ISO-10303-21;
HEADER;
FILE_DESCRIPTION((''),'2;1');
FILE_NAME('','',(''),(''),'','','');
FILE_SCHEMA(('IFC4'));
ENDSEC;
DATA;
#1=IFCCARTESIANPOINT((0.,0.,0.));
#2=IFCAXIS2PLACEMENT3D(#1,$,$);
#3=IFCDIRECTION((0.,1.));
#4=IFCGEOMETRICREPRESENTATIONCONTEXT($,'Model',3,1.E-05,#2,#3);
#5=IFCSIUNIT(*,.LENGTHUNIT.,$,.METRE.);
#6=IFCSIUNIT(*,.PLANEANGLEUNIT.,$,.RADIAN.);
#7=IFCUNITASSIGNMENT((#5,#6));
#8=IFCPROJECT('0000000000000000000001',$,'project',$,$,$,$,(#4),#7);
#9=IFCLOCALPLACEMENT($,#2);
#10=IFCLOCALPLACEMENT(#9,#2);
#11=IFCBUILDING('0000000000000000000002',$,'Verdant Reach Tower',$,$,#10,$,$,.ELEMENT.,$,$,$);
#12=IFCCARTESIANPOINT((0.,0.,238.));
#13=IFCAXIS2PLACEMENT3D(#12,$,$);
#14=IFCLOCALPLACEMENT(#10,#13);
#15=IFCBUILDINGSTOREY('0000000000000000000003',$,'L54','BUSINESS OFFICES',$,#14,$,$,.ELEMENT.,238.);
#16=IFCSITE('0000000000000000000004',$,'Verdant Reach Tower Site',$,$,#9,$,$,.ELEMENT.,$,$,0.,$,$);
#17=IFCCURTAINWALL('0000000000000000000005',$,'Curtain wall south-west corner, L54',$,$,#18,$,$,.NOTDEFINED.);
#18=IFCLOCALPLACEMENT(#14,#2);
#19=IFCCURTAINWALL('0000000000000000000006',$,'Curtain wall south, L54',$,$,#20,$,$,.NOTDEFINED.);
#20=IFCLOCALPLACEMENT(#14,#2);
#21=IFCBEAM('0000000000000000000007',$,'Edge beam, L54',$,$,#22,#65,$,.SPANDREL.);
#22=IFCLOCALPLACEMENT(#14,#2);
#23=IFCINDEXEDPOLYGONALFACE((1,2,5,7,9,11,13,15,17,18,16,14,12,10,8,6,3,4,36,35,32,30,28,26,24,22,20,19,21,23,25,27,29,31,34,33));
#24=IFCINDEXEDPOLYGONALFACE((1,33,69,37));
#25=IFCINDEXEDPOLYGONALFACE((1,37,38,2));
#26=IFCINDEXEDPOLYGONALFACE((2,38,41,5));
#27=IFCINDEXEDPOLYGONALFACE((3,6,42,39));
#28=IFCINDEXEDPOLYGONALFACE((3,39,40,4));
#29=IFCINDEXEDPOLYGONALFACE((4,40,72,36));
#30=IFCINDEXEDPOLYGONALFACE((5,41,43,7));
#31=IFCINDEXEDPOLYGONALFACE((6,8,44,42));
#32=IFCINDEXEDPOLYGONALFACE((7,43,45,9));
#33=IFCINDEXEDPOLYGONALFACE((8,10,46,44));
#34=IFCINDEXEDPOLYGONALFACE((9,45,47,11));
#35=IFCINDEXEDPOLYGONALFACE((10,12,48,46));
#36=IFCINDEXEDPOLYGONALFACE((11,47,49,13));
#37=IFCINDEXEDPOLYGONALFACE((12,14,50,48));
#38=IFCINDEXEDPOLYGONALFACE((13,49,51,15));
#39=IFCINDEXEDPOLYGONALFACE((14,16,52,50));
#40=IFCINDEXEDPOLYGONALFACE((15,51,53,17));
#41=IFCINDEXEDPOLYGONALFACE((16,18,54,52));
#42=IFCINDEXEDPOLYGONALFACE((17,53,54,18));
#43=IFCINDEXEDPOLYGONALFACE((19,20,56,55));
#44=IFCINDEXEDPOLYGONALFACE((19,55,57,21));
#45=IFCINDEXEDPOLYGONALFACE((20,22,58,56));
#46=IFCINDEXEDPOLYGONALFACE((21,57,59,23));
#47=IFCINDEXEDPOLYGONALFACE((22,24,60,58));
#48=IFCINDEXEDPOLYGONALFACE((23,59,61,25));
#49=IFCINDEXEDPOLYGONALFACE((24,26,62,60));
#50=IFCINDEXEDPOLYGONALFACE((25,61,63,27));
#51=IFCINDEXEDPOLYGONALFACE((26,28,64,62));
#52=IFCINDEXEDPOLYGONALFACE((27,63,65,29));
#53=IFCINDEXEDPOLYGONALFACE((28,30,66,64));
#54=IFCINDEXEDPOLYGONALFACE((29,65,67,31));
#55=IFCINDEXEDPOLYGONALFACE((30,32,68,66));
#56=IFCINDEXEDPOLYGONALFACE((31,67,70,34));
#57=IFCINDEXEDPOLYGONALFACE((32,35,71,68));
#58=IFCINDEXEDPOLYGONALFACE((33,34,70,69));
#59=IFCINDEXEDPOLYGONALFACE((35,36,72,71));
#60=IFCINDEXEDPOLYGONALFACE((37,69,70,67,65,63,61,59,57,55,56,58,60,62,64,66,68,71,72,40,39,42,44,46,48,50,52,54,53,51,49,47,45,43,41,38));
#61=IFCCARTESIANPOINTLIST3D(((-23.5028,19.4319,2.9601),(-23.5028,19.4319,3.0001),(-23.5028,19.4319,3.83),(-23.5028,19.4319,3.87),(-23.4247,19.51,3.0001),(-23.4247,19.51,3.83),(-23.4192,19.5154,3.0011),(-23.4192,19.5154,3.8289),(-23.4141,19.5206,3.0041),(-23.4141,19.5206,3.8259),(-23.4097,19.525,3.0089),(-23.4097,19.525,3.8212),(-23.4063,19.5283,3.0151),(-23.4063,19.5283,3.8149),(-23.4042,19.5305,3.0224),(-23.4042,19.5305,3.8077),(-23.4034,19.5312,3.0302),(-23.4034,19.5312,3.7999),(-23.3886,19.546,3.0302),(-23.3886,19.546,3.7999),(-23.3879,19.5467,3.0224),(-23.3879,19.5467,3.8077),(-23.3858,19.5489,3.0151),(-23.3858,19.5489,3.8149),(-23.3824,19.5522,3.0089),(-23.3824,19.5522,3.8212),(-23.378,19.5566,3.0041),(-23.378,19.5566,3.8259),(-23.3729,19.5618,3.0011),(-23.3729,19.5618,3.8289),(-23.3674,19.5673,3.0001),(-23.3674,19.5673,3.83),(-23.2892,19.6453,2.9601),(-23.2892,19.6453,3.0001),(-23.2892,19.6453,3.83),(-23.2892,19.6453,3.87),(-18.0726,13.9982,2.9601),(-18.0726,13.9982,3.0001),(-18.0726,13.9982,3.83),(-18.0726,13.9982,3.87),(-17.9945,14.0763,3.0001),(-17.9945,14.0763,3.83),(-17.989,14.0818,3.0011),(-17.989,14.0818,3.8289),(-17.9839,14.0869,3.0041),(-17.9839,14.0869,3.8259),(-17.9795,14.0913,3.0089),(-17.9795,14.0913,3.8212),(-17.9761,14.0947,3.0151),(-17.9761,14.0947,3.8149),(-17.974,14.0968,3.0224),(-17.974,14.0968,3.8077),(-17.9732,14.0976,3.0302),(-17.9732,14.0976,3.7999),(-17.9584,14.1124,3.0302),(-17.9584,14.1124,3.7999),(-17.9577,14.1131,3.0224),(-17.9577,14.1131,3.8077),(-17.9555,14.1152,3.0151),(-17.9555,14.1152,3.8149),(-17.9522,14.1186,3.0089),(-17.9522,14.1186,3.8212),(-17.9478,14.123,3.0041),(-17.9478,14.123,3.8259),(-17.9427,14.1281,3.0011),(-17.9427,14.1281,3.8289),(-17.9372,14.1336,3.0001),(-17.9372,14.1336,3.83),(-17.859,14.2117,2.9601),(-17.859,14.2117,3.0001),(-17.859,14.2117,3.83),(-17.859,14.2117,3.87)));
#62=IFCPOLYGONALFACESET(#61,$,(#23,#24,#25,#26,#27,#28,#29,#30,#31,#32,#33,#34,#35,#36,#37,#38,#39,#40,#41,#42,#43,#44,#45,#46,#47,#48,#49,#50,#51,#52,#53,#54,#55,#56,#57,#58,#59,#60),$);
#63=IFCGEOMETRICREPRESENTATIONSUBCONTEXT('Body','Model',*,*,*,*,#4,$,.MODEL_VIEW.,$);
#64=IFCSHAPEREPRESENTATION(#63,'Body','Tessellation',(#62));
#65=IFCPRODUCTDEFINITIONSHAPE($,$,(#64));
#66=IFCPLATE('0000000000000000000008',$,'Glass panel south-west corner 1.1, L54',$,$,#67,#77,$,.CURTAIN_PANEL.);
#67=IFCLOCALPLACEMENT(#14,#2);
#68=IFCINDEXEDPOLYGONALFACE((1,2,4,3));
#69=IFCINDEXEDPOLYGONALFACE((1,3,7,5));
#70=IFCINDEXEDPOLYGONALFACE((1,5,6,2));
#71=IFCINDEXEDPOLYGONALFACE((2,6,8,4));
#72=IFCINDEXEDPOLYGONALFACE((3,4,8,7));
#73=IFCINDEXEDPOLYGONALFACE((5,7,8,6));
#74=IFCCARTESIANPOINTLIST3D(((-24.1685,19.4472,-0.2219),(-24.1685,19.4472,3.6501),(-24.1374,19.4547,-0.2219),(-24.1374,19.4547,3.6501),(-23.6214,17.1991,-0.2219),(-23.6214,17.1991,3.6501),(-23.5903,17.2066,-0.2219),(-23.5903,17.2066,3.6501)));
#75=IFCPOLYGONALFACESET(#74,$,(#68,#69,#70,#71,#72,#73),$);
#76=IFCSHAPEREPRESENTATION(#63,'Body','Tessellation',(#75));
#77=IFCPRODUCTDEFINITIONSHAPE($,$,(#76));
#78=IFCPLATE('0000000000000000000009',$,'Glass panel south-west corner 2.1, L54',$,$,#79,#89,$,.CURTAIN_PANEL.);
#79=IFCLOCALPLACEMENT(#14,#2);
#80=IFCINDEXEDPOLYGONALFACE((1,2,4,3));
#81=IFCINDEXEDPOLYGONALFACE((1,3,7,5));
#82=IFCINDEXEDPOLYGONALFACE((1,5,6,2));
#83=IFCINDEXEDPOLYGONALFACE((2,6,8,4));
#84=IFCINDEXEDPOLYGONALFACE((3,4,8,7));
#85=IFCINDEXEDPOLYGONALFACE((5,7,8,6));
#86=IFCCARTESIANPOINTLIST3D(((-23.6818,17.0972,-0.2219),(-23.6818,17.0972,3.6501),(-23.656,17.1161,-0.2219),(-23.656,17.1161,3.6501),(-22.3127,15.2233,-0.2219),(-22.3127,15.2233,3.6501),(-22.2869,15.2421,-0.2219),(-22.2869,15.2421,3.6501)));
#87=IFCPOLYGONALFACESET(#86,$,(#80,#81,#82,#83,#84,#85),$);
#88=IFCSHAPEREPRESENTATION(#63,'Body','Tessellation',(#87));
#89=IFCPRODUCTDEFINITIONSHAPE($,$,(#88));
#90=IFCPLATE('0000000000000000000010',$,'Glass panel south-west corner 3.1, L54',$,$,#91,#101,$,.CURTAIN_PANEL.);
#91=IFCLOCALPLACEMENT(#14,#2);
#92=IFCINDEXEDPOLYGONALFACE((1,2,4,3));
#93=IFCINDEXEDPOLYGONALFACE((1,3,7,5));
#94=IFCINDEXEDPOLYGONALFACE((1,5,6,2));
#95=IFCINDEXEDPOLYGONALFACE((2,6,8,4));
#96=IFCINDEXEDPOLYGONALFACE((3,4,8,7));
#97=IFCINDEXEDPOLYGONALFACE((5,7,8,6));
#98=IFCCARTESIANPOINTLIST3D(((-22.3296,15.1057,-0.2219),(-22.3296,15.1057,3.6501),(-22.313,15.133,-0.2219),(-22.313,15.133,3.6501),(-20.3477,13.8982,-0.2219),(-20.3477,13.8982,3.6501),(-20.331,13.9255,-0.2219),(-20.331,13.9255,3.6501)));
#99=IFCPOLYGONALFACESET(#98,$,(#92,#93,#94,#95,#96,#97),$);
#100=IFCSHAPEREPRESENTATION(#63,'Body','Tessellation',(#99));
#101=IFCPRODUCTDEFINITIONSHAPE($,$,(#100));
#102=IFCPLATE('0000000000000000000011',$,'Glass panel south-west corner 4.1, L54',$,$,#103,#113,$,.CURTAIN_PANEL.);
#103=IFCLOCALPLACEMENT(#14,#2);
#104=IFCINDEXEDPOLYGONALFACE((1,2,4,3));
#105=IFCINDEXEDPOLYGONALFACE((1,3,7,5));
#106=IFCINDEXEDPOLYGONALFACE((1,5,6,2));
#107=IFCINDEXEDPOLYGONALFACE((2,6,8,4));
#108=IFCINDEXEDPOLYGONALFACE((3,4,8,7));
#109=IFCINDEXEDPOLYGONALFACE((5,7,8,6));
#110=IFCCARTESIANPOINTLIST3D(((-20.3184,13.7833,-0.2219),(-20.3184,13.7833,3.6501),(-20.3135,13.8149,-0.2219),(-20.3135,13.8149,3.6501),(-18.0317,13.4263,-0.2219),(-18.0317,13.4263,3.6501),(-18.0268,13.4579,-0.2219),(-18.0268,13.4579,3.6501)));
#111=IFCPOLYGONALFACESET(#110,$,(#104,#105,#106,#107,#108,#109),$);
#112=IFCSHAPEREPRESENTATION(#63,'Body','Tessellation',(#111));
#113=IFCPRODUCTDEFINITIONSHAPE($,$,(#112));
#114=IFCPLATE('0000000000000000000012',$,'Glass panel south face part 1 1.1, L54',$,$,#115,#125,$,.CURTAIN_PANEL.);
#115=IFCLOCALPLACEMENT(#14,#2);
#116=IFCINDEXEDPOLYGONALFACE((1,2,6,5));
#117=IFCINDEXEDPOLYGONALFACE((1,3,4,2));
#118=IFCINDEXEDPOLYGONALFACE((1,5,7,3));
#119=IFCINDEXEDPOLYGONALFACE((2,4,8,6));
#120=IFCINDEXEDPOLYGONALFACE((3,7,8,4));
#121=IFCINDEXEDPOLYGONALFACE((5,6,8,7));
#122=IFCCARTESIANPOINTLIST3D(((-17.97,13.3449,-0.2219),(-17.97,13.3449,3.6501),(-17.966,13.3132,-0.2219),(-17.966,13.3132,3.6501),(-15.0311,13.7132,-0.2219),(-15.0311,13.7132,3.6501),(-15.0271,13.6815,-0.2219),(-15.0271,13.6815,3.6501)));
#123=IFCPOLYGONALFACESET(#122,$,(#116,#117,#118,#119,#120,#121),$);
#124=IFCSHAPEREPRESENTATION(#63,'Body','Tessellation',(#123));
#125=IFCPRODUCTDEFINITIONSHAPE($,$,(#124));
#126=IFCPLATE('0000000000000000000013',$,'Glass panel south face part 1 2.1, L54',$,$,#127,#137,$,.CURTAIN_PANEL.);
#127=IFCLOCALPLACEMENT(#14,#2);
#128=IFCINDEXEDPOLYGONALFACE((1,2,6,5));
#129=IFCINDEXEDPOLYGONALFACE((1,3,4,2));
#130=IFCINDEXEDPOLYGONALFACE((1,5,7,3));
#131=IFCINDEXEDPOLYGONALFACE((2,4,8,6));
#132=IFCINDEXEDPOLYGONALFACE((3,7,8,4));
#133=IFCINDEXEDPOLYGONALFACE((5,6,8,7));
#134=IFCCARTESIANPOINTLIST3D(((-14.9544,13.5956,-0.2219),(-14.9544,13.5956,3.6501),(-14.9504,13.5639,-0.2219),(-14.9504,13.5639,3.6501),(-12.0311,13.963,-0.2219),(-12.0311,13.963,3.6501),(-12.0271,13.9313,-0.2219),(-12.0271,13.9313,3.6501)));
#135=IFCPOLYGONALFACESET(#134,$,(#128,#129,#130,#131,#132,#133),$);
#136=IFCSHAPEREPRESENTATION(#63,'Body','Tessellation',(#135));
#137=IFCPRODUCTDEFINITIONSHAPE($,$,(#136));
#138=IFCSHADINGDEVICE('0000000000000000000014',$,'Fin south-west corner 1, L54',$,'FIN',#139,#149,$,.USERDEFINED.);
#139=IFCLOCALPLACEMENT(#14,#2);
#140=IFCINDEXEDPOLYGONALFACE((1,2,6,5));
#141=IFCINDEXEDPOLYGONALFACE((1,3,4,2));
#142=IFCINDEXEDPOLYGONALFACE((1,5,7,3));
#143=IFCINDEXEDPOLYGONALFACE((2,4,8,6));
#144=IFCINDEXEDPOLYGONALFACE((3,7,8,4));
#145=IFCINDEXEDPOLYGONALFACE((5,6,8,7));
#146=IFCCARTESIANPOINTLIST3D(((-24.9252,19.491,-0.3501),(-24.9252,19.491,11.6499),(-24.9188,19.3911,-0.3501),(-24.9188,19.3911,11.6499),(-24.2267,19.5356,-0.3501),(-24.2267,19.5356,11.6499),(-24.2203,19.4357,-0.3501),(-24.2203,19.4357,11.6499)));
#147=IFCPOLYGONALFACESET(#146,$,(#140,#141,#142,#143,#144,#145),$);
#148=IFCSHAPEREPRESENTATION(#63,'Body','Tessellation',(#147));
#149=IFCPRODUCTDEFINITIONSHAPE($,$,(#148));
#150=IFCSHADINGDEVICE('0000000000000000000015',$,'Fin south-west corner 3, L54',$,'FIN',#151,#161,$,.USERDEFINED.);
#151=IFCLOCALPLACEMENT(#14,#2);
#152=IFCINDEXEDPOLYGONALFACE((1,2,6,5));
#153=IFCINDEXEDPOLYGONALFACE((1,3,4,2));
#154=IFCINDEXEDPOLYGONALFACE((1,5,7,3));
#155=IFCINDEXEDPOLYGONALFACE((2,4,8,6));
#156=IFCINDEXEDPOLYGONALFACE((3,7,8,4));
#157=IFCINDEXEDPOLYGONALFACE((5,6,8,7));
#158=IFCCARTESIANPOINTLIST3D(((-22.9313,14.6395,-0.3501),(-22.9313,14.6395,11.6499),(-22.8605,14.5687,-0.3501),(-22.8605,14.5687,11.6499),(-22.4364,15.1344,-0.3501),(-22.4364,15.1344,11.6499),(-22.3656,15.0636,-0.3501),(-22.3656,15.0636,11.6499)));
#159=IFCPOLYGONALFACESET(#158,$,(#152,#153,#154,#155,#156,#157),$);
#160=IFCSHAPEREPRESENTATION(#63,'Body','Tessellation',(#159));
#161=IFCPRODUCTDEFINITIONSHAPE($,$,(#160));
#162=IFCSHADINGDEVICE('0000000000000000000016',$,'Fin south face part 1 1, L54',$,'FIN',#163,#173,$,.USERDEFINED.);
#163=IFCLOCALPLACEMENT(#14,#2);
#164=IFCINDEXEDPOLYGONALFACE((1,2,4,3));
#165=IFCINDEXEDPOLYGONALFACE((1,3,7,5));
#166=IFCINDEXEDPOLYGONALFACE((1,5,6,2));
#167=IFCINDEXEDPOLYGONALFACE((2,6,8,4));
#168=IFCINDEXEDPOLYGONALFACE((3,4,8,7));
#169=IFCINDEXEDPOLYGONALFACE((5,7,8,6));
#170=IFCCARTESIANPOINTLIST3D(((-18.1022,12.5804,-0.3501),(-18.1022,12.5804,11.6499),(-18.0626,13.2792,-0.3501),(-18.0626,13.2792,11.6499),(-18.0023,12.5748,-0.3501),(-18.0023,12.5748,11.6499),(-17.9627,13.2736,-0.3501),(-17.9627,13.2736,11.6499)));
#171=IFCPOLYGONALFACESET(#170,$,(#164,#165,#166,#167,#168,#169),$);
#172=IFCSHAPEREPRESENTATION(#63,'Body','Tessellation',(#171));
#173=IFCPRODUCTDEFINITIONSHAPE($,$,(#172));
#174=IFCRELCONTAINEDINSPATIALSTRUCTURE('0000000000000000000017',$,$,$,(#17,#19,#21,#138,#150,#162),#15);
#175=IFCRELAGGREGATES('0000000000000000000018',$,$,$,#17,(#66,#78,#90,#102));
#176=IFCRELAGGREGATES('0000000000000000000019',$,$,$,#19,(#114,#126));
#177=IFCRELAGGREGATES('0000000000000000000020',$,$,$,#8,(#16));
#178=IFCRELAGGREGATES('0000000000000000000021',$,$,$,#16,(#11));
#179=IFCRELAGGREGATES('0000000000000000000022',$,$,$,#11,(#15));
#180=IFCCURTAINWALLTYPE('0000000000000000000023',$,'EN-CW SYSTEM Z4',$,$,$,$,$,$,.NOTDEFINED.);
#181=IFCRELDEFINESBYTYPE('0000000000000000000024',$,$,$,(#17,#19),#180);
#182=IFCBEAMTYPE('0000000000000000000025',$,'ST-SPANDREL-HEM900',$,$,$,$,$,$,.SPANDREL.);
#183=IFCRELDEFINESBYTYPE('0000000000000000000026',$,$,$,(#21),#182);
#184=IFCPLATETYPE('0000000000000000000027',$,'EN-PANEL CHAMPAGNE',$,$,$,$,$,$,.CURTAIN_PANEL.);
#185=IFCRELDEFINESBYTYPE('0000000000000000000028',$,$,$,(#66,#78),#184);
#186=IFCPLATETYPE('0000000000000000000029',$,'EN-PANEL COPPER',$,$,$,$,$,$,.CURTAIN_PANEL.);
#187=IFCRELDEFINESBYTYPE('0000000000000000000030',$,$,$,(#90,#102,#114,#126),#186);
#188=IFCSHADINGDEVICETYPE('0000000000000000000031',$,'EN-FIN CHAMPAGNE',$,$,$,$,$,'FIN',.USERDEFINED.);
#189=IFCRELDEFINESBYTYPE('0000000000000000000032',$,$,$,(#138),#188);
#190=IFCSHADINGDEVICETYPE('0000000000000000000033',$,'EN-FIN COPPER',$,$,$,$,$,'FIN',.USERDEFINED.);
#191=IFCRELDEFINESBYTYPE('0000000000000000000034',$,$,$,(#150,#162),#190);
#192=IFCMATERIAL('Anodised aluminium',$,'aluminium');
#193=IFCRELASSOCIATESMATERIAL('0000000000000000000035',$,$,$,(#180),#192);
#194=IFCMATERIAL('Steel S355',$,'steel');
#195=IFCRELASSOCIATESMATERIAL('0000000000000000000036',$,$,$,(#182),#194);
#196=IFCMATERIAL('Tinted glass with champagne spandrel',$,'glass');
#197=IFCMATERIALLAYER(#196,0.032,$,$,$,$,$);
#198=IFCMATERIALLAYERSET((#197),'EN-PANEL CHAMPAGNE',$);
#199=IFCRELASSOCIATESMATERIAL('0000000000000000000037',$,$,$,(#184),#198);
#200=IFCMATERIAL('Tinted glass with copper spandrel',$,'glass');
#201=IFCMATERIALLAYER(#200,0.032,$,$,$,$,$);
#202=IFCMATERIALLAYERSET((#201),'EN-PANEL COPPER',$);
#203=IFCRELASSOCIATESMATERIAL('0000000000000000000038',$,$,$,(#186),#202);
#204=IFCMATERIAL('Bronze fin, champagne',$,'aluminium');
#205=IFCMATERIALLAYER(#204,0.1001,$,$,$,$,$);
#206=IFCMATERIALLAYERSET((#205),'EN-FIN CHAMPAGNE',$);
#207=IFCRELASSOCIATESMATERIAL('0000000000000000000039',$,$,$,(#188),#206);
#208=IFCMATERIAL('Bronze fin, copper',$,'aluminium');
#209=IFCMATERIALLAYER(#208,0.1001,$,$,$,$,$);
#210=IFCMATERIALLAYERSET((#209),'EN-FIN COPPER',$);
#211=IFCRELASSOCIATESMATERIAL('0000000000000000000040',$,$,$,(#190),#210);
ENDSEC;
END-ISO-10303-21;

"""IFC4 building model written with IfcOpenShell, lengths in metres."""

from ifc_helpers import new_model, si_unit, direction, frame, origin, origin_2d, place, context, subcontext, project, spatial, rectangle, i_section, extrude, material, layer, layer_set, material_profile, profile_set, type_object, element, aggregate, save


model = new_model("IFC4")

# Units and contexts
model_context = context("Model", 3, precision=1e-05, world=origin(), true_north=direction((0.0, 1.0)))
body_context = subcontext(model_context, "Body", "Model", "MODEL_VIEW")
ifc_project = project(units=[si_unit("LENGTHUNIT", "METRE"), si_unit("PLANEANGLEUNIT", "RADIAN")], contexts=[model_context])

# Site, building, storey
site_placement = place(None, origin())
site = spatial("IfcSite", under=ifc_project, at=site_placement, Name="Verdant Reach Tower Site", CompositionType="ELEMENT", RefElevation=0.0)
building_placement = place(site_placement, origin())
building = spatial("IfcBuilding", under=site, at=building_placement, Name="Verdant Reach Tower", CompositionType="ELEMENT")
storey_placement = place(building_placement, frame((0.0, 0.0, 238.0)))
storey = spatial("IfcBuildingStorey", under=building, at=storey_placement, Name="L54", Description="BUSINESS OFFICES", CompositionType="ELEMENT", Elevation=238.0)

# Curtain walls
ifc_material_1 = material(Name="Anodised aluminium", Category="aluminium")
curtain_wall_type = type_object("IfcCurtainWallType", Name="EN-CW SYSTEM Z4", PredefinedType="NOTDEFINED", material=ifc_material_1)
curtain_wall_1_placement = place(storey_placement, origin())
curtain_wall_1 = element("IfcCurtainWall", 1, at=curtain_wall_1_placement, inside=storey, type_object=curtain_wall_type, Name="Curtain wall south-west corner, L54", PredefinedType="NOTDEFINED")
curtain_wall_2_placement = place(storey_placement, origin())
curtain_wall_2 = element("IfcCurtainWall", 2, at=curtain_wall_2_placement, inside=storey, type_object=curtain_wall_type, Name="Curtain wall south, L54", PredefinedType="NOTDEFINED")

# Beam
ifc_material_2 = material(Name="Steel S355", Category="steel")
ifc_material_profile_1 = material_profile(ifc_material_2, i_section(OverallWidth=0.302, OverallDepth=0.9099, WebThickness=0.021, FlangeThickness=0.04, FilletRadius=0.03, at=origin_2d()), Name="HEM 900")
ifc_profile_set_1 = profile_set([ifc_material_profile_1], Name="Steel S355")
beam_type_1 = type_object("IfcBeamType", Name="ST-SPANDREL-HEM900", PredefinedType="SPANDREL", material=ifc_profile_set_1)
beam_1_placement = place(storey_placement, frame((-17.9658, 14.105, 3.415), z_axis=(-0.706884, 0.707329, 0.0), x_axis=(-0.707329, -0.706884, 0.0)))
element("IfcBeam", 3, at=beam_1_placement, inside=storey, type_object=beam_type_1, Name="Edge beam, L54", PredefinedType="SPANDREL", context=body_context, shape_type="SweptSolid", body=[
    extrude(i_section(OverallWidth=0.302, OverallDepth=0.9099, WebThickness=0.021, FlangeThickness=0.04, FilletRadius=0.03, at=origin_2d()), origin(), (0.0, 0.0, 1.0), 7.6819),
])

# Plates
ifc_material_3 = material(Name="Tinted glass with champagne spandrel", Category="glass")
ifc_layer_1 = layer(ifc_material_3, 0.032)
ifc_layer_set_1 = layer_set([ifc_layer_1], Name="EN-PANEL CHAMPAGNE")
plate_type_1 = type_object("IfcPlateType", Name="EN-PANEL CHAMPAGNE", PredefinedType="CURTAIN_PANEL", material=ifc_layer_set_1)
plate_1_placement = place(storey_placement, frame((-23.8794, 18.3269, -0.2219), z_axis=(0.0, 0.0, 1.0), x_axis=(0.236459, -0.971642, 0.0)))
plate_1 = element("IfcPlate", 4, at=plate_1_placement, type_object=plate_type_1, Name="Glass panel south-west corner 1.1, L54", PredefinedType="CURTAIN_PANEL", context=body_context, shape_type="SweptSolid", body=[
    extrude(rectangle(XDim=2.3137, YDim=0.032, at=origin_2d()), origin(), (0.0, 0.0, 1.0), 3.8721),
])
plate_2_placement = place(storey_placement, frame((-22.9844, 16.1697, -0.2219), z_axis=(0.0, 0.0, 1.0), x_axis=(0.589927, -0.807457, 0.0)))
plate_2 = element("IfcPlate", 5, at=plate_2_placement, type_object=plate_type_1, Name="Glass panel south-west corner 2.1, L54", PredefinedType="CURTAIN_PANEL", context=body_context, shape_type="SweptSolid", body=[
    extrude(rectangle(XDim=2.3208, YDim=0.032, at=origin_2d()), origin(), (0.0, 0.0, 1.0), 3.8721),
])
ifc_material_4 = material(Name="Tinted glass with copper spandrel", Category="glass")
ifc_layer_2 = layer(ifc_material_4, 0.032)
ifc_layer_set_2 = layer_set([ifc_layer_2], Name="EN-PANEL COPPER")
plate_type_2 = type_object("IfcPlateType", Name="EN-PANEL COPPER", PredefinedType="CURTAIN_PANEL", material=ifc_layer_set_2)
plate_3_placement = place(storey_placement, frame((-21.3303, 14.5156, -0.2219), z_axis=(0.0, 0.0, 1.0), x_axis=(0.853989, -0.520292, 0.0)))
plate_3 = element("IfcPlate", 6, at=plate_3_placement, type_object=plate_type_2, Name="Glass panel south-west corner 3.1, L54", PredefinedType="CURTAIN_PANEL", context=body_context, shape_type="SweptSolid", body=[
    extrude(rectangle(XDim=2.3208, YDim=0.032, at=origin_2d()), origin(), (0.0, 0.0, 1.0), 3.8721),
])
plate_4_placement = place(storey_placement, frame((-19.1726, 13.6206, -0.2219), z_axis=(0.0, 0.0, 1.0), x_axis=(0.988027, -0.154279, 0.0)))
plate_4 = element("IfcPlate", 7, at=plate_4_placement, type_object=plate_type_2, Name="Glass panel south-west corner 4.1, L54", PredefinedType="CURTAIN_PANEL", context=body_context, shape_type="SweptSolid", body=[
    extrude(rectangle(XDim=2.3145, YDim=0.032, at=origin_2d()), origin(), (0.0, 0.0, 1.0), 3.8721),
])
aggregate(curtain_wall_1, [plate_1, plate_2, plate_3, plate_4])
plate_5_placement = place(storey_placement, frame((-16.4985, 13.5132, -0.2219), z_axis=(0.0, 0.0, 1.0), x_axis=(0.992239, 0.124346, 0.0)))
plate_5 = element("IfcPlate", 8, at=plate_5_placement, type_object=plate_type_2, Name="Glass panel south face part 1 1.1, L54", PredefinedType="CURTAIN_PANEL", context=body_context, shape_type="SweptSolid", body=[
    extrude(rectangle(XDim=2.9619, YDim=0.032, at=origin_2d()), origin(), (0.0, 0.0, 1.0), 3.8721),
])
plate_6_placement = place(storey_placement, frame((-13.4907, 13.7634, -0.2219), z_axis=(0.0, 0.0, 1.0), x_axis=(0.992194, 0.124704, 0.0)))
plate_6 = element("IfcPlate", 9, at=plate_6_placement, type_object=plate_type_2, Name="Glass panel south face part 1 2.1, L54", PredefinedType="CURTAIN_PANEL", context=body_context, shape_type="SweptSolid", body=[
    extrude(rectangle(XDim=2.9463, YDim=0.032, at=origin_2d()), origin(), (0.0, 0.0, 1.0), 3.8721),
])
aggregate(curtain_wall_2, [plate_5, plate_6])

# Shading devices
ifc_material_5 = material(Name="Bronze fin, champagne", Category="aluminium")
ifc_layer_3 = layer(ifc_material_5, 0.1001)
ifc_layer_set_3 = layer_set([ifc_layer_3], Name="EN-FIN CHAMPAGNE")
shading_device_type_1 = type_object("IfcShadingDeviceType", Name="EN-FIN CHAMPAGNE", ElementType="FIN", PredefinedType="USERDEFINED", material=ifc_layer_set_3)
shading_device_placement = place(storey_placement, frame((-24.5728, 19.4634, -0.3501), z_axis=(0.0, 0.0, 1.0), x_axis=(0.063699, -0.997969, 0.0)))
element("IfcShadingDevice", 10, at=shading_device_placement, inside=storey, type_object=shading_device_type_1, Name="Fin south-west corner 1, L54", ObjectType="FIN", PredefinedType="USERDEFINED", context=body_context, shape_type="SweptSolid", body=[
    extrude(rectangle(XDim=0.1001, YDim=0.7, at=origin_2d()), origin(), (0.0, 0.0, 1.0), 12.0),
])
ifc_material_6 = material(Name="Bronze fin, copper", Category="aluminium")
ifc_layer_4 = layer(ifc_material_6, 0.1001)
ifc_layer_set_4 = layer_set([ifc_layer_4], Name="EN-FIN COPPER")
shading_device_type_2 = type_object("IfcShadingDeviceType", Name="EN-FIN COPPER", ElementType="FIN", PredefinedType="USERDEFINED", material=ifc_layer_set_4)
for number, where, z_axis, x_axis, name in (
    (11, (-22.6484, 14.8516, -0.3501), (0.0, 0.0, 1.0), (0.707107, -0.707107, 0.0), "Fin south-west corner 3, L54"),
    (12, (-18.0325, 12.927, -0.3501), (0.0, 0.0, 1.0), (0.998399, -0.056569, 0.0), "Fin south face part 1 1, L54"),
):
    element("IfcShadingDevice", number, at=place(storey_placement, frame(where, z_axis=z_axis, x_axis=x_axis)), inside=storey, type_object=shading_device_type_2, Name=name, ObjectType="FIN", PredefinedType="USERDEFINED", context=body_context, shape_type="SweptSolid", body=[
        extrude(rectangle(XDim=0.1001, YDim=0.7, at=origin_2d()), origin(), (0.0, 0.0, 1.0), 12.0),
    ])

save(model, "model.ifc")
